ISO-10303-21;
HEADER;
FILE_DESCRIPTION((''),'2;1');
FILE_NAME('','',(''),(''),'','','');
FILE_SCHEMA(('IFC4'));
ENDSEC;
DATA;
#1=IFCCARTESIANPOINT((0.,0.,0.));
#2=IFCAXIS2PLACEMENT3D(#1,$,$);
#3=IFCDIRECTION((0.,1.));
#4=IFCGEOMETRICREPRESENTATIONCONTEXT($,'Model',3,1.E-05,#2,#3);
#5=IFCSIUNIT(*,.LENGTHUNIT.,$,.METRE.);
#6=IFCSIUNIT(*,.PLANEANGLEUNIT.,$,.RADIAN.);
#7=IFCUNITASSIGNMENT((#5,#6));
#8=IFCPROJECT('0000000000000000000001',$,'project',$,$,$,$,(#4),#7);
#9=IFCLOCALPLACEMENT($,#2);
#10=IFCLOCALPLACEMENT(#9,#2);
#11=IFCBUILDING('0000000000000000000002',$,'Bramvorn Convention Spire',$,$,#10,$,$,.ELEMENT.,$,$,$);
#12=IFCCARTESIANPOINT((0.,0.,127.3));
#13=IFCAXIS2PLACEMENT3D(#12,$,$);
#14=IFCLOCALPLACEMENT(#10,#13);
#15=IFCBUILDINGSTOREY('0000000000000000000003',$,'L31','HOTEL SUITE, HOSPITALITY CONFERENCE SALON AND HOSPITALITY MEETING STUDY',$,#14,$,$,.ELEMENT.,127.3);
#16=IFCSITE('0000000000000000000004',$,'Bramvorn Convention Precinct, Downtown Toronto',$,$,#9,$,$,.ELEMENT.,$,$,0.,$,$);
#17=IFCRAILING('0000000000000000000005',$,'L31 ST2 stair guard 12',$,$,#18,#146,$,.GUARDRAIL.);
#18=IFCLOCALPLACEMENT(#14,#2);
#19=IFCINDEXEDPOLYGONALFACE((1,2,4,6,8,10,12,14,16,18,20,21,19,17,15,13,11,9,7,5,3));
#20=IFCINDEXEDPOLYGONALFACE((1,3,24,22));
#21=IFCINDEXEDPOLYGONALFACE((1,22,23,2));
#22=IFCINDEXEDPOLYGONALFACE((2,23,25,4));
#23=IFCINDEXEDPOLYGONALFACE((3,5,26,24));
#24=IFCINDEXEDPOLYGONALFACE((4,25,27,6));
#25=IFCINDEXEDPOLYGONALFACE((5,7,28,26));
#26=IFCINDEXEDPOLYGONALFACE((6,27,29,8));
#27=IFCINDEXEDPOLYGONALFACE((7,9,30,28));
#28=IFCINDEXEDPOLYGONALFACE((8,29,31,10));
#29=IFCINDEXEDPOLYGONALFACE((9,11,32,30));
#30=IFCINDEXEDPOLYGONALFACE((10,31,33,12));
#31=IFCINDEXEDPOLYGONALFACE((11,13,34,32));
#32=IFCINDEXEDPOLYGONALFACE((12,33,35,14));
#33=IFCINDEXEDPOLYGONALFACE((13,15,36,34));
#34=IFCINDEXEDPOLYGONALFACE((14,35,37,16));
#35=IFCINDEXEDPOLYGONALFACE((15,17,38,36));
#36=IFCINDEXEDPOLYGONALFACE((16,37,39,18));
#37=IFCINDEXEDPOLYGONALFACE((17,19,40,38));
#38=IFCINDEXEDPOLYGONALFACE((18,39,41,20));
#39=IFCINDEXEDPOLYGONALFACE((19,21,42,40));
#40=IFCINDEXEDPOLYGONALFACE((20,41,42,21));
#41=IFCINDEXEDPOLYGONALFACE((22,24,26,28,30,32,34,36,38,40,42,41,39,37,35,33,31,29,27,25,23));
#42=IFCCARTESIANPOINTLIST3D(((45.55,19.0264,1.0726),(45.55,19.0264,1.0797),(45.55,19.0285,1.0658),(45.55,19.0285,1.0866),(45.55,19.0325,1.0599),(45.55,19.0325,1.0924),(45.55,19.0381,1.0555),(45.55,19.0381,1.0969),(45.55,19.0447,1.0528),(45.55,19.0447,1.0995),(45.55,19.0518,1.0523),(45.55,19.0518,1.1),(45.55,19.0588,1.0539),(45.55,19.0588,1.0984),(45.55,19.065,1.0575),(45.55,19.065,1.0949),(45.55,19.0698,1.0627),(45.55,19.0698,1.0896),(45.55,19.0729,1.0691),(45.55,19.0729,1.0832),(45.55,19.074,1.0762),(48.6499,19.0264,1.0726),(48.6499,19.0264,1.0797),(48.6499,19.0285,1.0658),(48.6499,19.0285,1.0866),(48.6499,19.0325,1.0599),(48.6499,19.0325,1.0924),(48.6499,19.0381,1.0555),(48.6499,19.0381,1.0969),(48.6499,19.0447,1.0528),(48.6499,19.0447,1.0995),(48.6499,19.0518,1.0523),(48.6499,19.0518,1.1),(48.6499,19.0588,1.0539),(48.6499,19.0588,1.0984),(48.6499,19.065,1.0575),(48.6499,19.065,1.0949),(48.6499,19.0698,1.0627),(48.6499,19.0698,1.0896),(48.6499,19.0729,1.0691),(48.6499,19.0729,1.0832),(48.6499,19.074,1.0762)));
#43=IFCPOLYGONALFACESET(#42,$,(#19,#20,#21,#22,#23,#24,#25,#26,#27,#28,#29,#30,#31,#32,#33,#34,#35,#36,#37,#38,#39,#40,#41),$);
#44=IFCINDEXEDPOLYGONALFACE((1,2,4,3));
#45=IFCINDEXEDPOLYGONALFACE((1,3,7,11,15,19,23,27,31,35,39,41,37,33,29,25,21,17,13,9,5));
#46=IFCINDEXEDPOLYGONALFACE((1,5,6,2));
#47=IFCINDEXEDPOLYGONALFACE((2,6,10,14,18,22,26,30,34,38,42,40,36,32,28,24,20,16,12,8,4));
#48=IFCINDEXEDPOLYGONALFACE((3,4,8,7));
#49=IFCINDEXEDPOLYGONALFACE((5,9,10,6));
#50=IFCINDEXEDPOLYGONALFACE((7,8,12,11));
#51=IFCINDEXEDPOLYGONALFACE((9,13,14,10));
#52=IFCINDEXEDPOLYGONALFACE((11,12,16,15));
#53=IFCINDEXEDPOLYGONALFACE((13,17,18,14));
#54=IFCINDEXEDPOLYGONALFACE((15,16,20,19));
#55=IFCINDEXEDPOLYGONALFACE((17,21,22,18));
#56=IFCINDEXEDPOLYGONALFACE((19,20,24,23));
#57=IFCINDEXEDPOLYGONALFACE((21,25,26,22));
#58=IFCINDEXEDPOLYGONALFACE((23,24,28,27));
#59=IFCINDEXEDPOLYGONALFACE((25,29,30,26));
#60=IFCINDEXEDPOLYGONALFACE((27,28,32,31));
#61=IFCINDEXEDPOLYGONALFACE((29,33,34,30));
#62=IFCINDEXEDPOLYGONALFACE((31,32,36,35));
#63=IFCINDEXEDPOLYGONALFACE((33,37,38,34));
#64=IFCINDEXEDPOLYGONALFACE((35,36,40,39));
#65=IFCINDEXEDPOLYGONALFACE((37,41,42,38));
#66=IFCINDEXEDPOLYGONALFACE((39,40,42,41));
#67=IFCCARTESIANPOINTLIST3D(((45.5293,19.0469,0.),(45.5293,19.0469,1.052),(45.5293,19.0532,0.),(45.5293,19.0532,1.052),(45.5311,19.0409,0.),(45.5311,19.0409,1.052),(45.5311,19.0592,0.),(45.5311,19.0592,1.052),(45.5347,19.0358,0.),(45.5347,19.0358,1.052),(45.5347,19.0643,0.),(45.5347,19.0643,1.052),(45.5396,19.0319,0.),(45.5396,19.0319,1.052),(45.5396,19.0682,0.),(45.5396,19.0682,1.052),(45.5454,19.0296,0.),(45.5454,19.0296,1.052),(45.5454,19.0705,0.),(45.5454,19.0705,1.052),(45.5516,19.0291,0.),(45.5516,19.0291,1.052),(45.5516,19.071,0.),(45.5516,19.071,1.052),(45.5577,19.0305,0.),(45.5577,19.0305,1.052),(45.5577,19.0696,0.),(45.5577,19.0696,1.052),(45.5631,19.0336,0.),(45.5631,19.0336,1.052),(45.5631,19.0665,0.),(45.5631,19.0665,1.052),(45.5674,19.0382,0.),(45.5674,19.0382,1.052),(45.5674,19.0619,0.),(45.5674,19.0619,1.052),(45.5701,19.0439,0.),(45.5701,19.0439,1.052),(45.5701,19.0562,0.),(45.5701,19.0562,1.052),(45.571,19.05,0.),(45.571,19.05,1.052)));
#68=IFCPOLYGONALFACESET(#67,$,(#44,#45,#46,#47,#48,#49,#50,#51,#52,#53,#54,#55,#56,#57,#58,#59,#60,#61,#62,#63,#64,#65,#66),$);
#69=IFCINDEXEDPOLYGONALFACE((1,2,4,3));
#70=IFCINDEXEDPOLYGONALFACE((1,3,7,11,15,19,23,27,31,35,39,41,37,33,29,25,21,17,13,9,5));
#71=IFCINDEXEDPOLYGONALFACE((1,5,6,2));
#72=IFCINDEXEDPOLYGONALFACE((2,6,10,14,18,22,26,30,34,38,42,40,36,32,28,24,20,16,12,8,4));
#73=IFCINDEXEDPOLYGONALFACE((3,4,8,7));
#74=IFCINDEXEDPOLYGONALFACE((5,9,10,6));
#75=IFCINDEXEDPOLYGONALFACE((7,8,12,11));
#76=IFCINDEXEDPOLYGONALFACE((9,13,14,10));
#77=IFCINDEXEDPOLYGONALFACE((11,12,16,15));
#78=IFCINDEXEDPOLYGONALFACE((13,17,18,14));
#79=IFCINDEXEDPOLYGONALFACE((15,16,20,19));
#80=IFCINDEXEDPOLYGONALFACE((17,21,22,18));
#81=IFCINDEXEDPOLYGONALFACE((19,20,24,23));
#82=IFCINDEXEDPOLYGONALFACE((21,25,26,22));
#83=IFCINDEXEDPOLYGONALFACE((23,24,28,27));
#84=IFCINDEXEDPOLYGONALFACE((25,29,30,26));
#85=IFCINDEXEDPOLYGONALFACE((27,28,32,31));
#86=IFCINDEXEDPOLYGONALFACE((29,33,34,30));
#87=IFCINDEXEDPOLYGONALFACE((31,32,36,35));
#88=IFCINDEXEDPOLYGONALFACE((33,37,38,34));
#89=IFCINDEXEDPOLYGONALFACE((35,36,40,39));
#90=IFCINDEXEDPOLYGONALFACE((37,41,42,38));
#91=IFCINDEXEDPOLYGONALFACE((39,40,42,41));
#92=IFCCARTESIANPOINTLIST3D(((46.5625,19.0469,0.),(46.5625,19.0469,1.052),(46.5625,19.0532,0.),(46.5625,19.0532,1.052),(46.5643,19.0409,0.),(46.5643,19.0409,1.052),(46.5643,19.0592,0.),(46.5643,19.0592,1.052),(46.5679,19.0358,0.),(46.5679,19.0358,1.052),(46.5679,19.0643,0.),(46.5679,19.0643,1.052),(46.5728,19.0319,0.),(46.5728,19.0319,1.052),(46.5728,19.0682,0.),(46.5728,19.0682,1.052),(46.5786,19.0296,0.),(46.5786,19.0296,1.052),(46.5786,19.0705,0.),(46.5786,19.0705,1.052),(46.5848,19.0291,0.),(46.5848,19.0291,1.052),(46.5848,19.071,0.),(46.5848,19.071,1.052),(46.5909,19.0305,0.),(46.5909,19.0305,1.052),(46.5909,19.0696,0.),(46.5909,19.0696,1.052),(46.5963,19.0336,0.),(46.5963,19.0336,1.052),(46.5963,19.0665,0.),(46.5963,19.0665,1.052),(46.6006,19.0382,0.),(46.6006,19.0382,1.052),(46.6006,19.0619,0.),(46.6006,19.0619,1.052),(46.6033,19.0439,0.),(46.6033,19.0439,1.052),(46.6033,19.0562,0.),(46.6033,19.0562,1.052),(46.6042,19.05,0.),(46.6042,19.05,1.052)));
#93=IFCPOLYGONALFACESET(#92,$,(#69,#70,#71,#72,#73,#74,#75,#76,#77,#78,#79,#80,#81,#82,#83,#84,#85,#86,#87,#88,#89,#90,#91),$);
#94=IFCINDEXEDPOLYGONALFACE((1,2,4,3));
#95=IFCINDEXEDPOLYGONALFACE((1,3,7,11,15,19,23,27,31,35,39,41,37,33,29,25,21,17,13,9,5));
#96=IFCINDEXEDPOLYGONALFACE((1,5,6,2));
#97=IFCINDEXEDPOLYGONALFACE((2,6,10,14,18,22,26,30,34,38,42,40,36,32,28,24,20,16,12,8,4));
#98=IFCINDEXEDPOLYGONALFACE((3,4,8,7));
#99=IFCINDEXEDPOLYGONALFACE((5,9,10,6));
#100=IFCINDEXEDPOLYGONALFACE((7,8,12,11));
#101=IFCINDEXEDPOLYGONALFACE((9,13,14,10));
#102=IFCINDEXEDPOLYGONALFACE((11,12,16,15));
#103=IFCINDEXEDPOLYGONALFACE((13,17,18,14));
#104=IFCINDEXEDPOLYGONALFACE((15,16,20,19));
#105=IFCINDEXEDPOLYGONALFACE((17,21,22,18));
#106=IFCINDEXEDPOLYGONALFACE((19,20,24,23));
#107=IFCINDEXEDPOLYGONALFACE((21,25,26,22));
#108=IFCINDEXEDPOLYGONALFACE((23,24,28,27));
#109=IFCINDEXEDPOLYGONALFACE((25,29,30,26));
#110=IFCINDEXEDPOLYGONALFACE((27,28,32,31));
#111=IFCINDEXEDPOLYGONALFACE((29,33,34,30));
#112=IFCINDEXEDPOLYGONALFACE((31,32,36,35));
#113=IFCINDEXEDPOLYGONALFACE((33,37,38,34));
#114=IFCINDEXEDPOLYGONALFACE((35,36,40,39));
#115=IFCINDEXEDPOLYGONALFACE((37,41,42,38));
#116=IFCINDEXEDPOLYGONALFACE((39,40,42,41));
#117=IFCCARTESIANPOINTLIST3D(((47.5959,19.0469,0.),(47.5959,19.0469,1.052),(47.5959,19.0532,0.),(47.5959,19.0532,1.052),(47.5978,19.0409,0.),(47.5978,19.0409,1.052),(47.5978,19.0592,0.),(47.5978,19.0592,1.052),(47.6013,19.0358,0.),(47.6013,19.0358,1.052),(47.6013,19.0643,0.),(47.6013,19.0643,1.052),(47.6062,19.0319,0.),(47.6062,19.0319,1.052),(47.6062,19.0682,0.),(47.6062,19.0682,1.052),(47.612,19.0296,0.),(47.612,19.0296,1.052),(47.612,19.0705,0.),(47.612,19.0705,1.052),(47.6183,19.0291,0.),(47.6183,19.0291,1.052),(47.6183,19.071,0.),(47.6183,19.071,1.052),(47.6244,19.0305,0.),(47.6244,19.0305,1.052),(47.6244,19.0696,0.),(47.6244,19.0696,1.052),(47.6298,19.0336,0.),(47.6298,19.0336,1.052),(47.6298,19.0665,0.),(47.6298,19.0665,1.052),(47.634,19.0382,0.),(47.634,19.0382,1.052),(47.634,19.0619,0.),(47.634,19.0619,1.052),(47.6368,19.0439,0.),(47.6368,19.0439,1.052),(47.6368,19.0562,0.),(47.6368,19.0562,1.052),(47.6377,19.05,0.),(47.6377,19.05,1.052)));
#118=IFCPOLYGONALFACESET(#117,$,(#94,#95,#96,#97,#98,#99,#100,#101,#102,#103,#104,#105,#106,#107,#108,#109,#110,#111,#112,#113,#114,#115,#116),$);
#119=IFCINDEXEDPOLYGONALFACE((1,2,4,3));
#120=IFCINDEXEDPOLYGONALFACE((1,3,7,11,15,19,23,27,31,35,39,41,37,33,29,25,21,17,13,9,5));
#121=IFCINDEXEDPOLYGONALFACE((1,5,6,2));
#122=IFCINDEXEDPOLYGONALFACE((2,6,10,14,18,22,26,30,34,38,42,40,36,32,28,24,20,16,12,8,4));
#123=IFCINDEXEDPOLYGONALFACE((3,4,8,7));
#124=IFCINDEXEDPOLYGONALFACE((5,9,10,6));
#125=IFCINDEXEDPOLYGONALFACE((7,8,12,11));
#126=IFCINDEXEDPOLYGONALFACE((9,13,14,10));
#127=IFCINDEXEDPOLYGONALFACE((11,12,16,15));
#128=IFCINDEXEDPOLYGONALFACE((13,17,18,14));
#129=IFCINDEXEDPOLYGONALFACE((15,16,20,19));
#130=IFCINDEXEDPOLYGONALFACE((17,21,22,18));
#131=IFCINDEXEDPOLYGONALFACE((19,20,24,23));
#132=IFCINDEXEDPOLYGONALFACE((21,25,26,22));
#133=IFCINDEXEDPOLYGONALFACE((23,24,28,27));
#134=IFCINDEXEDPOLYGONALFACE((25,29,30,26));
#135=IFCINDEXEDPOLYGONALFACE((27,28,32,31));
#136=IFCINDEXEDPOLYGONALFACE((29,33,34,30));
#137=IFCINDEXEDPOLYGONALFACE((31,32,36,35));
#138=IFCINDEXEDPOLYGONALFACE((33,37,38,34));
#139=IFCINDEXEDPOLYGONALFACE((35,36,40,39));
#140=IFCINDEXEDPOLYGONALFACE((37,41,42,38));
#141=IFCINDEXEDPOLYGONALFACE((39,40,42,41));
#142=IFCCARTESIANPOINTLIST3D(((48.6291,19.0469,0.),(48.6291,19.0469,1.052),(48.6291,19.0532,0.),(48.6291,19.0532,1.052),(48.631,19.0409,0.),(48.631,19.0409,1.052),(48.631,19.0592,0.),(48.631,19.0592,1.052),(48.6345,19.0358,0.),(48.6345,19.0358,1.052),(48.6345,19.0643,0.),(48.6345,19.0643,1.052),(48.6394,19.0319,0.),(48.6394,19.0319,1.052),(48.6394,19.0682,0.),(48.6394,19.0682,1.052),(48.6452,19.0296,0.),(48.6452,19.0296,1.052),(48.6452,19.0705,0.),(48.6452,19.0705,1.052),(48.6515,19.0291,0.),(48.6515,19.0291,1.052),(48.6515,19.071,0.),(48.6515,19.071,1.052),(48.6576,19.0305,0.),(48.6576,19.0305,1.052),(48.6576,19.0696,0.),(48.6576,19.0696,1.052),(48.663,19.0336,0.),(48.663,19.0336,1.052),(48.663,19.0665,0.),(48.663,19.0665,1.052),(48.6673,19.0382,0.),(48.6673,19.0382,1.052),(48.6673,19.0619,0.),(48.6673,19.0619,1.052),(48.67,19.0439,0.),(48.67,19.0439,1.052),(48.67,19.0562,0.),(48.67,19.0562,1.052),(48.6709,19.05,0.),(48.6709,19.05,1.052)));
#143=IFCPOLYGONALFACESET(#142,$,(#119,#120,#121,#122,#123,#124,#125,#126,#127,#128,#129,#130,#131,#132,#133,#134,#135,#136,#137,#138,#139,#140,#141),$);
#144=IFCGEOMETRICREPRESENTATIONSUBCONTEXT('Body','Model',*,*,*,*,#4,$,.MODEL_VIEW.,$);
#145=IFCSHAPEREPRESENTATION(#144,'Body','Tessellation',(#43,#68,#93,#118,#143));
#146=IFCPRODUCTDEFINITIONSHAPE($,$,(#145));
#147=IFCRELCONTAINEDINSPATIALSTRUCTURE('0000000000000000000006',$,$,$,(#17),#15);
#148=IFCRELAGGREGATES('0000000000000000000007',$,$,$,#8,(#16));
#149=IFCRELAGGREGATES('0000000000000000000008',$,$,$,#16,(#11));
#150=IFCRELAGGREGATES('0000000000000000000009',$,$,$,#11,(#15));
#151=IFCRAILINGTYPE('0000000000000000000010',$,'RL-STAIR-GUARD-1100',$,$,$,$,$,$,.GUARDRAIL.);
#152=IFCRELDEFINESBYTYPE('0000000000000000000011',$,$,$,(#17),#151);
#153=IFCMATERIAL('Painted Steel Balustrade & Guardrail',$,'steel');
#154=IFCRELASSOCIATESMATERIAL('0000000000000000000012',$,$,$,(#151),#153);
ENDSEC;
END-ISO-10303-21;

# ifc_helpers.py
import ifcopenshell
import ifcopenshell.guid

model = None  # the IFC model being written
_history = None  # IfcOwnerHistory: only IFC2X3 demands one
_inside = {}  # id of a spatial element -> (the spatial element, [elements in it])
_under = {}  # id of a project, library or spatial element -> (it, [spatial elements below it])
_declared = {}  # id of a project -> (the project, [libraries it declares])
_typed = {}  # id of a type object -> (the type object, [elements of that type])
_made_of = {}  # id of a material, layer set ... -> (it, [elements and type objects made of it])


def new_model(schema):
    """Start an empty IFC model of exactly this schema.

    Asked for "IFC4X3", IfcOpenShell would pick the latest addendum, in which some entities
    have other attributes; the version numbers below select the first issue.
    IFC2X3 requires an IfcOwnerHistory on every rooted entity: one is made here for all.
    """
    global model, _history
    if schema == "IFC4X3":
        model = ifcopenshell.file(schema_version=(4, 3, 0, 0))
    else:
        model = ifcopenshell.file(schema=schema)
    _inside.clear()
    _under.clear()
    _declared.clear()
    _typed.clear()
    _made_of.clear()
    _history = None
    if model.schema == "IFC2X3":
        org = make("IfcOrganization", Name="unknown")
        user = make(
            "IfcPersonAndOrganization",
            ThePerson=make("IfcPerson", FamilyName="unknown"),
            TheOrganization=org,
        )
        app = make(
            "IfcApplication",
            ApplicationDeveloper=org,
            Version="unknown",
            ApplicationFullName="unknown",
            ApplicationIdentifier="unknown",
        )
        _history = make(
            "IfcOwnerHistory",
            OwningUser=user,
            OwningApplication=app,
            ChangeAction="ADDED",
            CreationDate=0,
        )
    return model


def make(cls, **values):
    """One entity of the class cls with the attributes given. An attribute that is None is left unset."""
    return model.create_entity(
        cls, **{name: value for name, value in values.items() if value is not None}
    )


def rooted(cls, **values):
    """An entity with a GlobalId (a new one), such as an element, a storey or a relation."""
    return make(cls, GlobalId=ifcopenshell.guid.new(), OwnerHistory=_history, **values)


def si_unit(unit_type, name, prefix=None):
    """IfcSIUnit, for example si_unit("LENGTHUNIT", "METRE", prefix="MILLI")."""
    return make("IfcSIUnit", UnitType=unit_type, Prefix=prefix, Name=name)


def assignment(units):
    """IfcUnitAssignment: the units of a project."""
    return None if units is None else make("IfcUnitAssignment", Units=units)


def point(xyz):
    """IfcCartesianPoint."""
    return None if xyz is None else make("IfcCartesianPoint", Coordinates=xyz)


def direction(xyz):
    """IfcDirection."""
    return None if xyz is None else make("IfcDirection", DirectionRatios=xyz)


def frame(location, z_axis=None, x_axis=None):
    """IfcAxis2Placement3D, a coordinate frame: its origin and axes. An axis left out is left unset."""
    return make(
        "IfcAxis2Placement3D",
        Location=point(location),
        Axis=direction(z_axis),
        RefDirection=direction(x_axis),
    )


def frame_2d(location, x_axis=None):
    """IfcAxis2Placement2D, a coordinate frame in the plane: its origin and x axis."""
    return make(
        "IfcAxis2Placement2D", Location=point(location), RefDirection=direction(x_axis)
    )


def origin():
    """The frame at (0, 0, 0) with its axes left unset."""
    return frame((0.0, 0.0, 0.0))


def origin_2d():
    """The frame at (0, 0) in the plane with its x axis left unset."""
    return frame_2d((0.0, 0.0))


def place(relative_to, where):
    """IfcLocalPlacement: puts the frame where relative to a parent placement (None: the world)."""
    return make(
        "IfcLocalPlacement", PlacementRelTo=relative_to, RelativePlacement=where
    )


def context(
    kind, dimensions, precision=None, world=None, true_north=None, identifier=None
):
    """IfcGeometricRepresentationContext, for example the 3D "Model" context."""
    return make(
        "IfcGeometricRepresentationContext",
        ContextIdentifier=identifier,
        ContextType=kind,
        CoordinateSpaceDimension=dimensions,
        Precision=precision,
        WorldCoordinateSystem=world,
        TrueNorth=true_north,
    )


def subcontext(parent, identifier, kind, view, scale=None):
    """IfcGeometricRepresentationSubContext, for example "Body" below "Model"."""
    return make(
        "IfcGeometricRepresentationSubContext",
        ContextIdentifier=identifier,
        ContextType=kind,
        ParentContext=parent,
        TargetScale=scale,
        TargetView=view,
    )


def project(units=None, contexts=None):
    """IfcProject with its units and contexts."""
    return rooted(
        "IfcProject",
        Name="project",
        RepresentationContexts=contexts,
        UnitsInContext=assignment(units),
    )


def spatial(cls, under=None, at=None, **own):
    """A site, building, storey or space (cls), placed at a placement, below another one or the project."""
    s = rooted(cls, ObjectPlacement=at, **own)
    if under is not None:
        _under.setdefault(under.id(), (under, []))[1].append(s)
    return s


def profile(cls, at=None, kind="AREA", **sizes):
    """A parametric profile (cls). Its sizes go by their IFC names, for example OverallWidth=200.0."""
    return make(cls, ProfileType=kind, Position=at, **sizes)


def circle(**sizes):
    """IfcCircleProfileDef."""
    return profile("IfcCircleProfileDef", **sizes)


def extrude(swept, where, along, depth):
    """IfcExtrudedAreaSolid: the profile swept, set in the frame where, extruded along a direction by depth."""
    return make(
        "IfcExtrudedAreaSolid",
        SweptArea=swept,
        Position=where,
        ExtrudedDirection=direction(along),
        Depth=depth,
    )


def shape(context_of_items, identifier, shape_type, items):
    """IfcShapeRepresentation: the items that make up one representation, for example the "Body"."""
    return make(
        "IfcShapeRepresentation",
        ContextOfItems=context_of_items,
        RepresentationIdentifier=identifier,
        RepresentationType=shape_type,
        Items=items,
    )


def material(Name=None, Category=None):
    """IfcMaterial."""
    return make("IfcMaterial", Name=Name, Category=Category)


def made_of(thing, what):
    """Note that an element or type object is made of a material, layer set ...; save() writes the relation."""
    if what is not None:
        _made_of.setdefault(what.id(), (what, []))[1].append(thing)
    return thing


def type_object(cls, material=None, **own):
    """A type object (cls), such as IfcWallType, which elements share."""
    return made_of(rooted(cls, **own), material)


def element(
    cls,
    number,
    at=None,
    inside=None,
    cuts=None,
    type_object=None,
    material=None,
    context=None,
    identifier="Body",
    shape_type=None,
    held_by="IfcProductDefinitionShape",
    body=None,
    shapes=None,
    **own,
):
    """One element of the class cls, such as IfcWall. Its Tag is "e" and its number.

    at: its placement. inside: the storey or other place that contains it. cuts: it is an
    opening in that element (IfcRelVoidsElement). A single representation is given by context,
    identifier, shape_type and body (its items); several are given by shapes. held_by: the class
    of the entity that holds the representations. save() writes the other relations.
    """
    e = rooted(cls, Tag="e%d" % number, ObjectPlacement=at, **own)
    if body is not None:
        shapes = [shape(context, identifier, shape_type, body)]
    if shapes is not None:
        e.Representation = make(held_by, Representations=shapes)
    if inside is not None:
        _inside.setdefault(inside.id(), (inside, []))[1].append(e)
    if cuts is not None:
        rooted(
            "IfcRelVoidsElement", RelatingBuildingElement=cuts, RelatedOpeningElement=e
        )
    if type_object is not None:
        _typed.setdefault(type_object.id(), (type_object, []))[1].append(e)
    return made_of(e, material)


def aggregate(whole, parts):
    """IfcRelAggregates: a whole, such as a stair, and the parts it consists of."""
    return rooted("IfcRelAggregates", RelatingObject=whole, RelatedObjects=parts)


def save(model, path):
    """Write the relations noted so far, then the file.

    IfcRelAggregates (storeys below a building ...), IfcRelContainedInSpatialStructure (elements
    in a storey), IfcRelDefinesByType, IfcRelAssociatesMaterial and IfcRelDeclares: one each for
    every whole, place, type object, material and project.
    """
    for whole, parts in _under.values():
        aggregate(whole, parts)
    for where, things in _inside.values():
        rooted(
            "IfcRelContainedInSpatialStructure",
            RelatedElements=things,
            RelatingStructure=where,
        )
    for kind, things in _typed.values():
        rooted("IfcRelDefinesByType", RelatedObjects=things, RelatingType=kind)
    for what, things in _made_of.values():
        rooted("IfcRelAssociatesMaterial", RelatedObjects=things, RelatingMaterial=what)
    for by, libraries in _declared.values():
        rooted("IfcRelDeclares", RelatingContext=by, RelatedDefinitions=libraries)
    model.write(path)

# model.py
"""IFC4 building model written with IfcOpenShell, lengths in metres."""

from ifc_helpers import new_model, si_unit, direction, frame, origin, origin_2d, place, context, subcontext, project, spatial, circle, extrude, material, type_object, element, save


model = new_model("IFC4")

# Units and contexts
model_context = context("Model", 3, precision=1e-05, world=origin(), true_north=direction((0.0, 1.0)))
body_context = subcontext(model_context, "Body", "Model", "MODEL_VIEW")
ifc_project = project(units=[si_unit("LENGTHUNIT", "METRE"), si_unit("PLANEANGLEUNIT", "RADIAN")], contexts=[model_context])

# Site, building, storey
site_placement = place(None, origin())
site = spatial("IfcSite", under=ifc_project, at=site_placement, Name="Bramvorn Convention Precinct, Downtown Toronto", CompositionType="ELEMENT", RefElevation=0.0)
building_placement = place(site_placement, origin())
building = spatial("IfcBuilding", under=site, at=building_placement, Name="Bramvorn Convention Spire", CompositionType="ELEMENT")
storey_placement = place(building_placement, frame((0.0, 0.0, 127.3)))
storey = spatial("IfcBuildingStorey", under=building, at=storey_placement, Name="L31", Description="HOTEL SUITE, HOSPITALITY CONFERENCE SALON AND HOSPITALITY MEETING STUDY", CompositionType="ELEMENT", Elevation=127.3)

# Railing
ifc_material_1 = material(Name="Painted Steel Balustrade & Guardrail", Category="steel")
railing_type = type_object("IfcRailingType", Name="RL-STAIR-GUARD-1100", PredefinedType="GUARDRAIL", material=ifc_material_1)
railing_1_placement = place(storey_placement, frame((45.55, 19.05, 0.0)))
element("IfcRailing", 1, at=railing_1_placement, inside=storey, type_object=railing_type, Name="L31 ST2 stair guard 12", PredefinedType="GUARDRAIL", context=body_context, shape_type="SweptSolid", body=[
    extrude(circle(Radius=0.0239, at=origin_2d()), frame((0.0, 0.0, 1.0762), z_axis=(1.0, 0.0, 0.0), x_axis=(0.0, 1.0, 0.0)), (0.0, 0.0, 1.0), 3.0999),
    extrude(circle(Radius=0.021, at=origin_2d()), origin(), (0.0, 0.0, 1.0), 1.052),
    extrude(circle(Radius=0.021, at=origin_2d()), frame((1.0332, 0.0, 0.0)), (0.0, 0.0, 1.0), 1.052),
    extrude(circle(Radius=0.021, at=origin_2d()), frame((2.0667, 0.0, 0.0)), (0.0, 0.0, 1.0), 1.052),
    extrude(circle(Radius=0.021, at=origin_2d()), frame((3.0999, 0.0, 0.0)), (0.0, 0.0, 1.0), 1.052),
])

save(model, "model.ifc")
